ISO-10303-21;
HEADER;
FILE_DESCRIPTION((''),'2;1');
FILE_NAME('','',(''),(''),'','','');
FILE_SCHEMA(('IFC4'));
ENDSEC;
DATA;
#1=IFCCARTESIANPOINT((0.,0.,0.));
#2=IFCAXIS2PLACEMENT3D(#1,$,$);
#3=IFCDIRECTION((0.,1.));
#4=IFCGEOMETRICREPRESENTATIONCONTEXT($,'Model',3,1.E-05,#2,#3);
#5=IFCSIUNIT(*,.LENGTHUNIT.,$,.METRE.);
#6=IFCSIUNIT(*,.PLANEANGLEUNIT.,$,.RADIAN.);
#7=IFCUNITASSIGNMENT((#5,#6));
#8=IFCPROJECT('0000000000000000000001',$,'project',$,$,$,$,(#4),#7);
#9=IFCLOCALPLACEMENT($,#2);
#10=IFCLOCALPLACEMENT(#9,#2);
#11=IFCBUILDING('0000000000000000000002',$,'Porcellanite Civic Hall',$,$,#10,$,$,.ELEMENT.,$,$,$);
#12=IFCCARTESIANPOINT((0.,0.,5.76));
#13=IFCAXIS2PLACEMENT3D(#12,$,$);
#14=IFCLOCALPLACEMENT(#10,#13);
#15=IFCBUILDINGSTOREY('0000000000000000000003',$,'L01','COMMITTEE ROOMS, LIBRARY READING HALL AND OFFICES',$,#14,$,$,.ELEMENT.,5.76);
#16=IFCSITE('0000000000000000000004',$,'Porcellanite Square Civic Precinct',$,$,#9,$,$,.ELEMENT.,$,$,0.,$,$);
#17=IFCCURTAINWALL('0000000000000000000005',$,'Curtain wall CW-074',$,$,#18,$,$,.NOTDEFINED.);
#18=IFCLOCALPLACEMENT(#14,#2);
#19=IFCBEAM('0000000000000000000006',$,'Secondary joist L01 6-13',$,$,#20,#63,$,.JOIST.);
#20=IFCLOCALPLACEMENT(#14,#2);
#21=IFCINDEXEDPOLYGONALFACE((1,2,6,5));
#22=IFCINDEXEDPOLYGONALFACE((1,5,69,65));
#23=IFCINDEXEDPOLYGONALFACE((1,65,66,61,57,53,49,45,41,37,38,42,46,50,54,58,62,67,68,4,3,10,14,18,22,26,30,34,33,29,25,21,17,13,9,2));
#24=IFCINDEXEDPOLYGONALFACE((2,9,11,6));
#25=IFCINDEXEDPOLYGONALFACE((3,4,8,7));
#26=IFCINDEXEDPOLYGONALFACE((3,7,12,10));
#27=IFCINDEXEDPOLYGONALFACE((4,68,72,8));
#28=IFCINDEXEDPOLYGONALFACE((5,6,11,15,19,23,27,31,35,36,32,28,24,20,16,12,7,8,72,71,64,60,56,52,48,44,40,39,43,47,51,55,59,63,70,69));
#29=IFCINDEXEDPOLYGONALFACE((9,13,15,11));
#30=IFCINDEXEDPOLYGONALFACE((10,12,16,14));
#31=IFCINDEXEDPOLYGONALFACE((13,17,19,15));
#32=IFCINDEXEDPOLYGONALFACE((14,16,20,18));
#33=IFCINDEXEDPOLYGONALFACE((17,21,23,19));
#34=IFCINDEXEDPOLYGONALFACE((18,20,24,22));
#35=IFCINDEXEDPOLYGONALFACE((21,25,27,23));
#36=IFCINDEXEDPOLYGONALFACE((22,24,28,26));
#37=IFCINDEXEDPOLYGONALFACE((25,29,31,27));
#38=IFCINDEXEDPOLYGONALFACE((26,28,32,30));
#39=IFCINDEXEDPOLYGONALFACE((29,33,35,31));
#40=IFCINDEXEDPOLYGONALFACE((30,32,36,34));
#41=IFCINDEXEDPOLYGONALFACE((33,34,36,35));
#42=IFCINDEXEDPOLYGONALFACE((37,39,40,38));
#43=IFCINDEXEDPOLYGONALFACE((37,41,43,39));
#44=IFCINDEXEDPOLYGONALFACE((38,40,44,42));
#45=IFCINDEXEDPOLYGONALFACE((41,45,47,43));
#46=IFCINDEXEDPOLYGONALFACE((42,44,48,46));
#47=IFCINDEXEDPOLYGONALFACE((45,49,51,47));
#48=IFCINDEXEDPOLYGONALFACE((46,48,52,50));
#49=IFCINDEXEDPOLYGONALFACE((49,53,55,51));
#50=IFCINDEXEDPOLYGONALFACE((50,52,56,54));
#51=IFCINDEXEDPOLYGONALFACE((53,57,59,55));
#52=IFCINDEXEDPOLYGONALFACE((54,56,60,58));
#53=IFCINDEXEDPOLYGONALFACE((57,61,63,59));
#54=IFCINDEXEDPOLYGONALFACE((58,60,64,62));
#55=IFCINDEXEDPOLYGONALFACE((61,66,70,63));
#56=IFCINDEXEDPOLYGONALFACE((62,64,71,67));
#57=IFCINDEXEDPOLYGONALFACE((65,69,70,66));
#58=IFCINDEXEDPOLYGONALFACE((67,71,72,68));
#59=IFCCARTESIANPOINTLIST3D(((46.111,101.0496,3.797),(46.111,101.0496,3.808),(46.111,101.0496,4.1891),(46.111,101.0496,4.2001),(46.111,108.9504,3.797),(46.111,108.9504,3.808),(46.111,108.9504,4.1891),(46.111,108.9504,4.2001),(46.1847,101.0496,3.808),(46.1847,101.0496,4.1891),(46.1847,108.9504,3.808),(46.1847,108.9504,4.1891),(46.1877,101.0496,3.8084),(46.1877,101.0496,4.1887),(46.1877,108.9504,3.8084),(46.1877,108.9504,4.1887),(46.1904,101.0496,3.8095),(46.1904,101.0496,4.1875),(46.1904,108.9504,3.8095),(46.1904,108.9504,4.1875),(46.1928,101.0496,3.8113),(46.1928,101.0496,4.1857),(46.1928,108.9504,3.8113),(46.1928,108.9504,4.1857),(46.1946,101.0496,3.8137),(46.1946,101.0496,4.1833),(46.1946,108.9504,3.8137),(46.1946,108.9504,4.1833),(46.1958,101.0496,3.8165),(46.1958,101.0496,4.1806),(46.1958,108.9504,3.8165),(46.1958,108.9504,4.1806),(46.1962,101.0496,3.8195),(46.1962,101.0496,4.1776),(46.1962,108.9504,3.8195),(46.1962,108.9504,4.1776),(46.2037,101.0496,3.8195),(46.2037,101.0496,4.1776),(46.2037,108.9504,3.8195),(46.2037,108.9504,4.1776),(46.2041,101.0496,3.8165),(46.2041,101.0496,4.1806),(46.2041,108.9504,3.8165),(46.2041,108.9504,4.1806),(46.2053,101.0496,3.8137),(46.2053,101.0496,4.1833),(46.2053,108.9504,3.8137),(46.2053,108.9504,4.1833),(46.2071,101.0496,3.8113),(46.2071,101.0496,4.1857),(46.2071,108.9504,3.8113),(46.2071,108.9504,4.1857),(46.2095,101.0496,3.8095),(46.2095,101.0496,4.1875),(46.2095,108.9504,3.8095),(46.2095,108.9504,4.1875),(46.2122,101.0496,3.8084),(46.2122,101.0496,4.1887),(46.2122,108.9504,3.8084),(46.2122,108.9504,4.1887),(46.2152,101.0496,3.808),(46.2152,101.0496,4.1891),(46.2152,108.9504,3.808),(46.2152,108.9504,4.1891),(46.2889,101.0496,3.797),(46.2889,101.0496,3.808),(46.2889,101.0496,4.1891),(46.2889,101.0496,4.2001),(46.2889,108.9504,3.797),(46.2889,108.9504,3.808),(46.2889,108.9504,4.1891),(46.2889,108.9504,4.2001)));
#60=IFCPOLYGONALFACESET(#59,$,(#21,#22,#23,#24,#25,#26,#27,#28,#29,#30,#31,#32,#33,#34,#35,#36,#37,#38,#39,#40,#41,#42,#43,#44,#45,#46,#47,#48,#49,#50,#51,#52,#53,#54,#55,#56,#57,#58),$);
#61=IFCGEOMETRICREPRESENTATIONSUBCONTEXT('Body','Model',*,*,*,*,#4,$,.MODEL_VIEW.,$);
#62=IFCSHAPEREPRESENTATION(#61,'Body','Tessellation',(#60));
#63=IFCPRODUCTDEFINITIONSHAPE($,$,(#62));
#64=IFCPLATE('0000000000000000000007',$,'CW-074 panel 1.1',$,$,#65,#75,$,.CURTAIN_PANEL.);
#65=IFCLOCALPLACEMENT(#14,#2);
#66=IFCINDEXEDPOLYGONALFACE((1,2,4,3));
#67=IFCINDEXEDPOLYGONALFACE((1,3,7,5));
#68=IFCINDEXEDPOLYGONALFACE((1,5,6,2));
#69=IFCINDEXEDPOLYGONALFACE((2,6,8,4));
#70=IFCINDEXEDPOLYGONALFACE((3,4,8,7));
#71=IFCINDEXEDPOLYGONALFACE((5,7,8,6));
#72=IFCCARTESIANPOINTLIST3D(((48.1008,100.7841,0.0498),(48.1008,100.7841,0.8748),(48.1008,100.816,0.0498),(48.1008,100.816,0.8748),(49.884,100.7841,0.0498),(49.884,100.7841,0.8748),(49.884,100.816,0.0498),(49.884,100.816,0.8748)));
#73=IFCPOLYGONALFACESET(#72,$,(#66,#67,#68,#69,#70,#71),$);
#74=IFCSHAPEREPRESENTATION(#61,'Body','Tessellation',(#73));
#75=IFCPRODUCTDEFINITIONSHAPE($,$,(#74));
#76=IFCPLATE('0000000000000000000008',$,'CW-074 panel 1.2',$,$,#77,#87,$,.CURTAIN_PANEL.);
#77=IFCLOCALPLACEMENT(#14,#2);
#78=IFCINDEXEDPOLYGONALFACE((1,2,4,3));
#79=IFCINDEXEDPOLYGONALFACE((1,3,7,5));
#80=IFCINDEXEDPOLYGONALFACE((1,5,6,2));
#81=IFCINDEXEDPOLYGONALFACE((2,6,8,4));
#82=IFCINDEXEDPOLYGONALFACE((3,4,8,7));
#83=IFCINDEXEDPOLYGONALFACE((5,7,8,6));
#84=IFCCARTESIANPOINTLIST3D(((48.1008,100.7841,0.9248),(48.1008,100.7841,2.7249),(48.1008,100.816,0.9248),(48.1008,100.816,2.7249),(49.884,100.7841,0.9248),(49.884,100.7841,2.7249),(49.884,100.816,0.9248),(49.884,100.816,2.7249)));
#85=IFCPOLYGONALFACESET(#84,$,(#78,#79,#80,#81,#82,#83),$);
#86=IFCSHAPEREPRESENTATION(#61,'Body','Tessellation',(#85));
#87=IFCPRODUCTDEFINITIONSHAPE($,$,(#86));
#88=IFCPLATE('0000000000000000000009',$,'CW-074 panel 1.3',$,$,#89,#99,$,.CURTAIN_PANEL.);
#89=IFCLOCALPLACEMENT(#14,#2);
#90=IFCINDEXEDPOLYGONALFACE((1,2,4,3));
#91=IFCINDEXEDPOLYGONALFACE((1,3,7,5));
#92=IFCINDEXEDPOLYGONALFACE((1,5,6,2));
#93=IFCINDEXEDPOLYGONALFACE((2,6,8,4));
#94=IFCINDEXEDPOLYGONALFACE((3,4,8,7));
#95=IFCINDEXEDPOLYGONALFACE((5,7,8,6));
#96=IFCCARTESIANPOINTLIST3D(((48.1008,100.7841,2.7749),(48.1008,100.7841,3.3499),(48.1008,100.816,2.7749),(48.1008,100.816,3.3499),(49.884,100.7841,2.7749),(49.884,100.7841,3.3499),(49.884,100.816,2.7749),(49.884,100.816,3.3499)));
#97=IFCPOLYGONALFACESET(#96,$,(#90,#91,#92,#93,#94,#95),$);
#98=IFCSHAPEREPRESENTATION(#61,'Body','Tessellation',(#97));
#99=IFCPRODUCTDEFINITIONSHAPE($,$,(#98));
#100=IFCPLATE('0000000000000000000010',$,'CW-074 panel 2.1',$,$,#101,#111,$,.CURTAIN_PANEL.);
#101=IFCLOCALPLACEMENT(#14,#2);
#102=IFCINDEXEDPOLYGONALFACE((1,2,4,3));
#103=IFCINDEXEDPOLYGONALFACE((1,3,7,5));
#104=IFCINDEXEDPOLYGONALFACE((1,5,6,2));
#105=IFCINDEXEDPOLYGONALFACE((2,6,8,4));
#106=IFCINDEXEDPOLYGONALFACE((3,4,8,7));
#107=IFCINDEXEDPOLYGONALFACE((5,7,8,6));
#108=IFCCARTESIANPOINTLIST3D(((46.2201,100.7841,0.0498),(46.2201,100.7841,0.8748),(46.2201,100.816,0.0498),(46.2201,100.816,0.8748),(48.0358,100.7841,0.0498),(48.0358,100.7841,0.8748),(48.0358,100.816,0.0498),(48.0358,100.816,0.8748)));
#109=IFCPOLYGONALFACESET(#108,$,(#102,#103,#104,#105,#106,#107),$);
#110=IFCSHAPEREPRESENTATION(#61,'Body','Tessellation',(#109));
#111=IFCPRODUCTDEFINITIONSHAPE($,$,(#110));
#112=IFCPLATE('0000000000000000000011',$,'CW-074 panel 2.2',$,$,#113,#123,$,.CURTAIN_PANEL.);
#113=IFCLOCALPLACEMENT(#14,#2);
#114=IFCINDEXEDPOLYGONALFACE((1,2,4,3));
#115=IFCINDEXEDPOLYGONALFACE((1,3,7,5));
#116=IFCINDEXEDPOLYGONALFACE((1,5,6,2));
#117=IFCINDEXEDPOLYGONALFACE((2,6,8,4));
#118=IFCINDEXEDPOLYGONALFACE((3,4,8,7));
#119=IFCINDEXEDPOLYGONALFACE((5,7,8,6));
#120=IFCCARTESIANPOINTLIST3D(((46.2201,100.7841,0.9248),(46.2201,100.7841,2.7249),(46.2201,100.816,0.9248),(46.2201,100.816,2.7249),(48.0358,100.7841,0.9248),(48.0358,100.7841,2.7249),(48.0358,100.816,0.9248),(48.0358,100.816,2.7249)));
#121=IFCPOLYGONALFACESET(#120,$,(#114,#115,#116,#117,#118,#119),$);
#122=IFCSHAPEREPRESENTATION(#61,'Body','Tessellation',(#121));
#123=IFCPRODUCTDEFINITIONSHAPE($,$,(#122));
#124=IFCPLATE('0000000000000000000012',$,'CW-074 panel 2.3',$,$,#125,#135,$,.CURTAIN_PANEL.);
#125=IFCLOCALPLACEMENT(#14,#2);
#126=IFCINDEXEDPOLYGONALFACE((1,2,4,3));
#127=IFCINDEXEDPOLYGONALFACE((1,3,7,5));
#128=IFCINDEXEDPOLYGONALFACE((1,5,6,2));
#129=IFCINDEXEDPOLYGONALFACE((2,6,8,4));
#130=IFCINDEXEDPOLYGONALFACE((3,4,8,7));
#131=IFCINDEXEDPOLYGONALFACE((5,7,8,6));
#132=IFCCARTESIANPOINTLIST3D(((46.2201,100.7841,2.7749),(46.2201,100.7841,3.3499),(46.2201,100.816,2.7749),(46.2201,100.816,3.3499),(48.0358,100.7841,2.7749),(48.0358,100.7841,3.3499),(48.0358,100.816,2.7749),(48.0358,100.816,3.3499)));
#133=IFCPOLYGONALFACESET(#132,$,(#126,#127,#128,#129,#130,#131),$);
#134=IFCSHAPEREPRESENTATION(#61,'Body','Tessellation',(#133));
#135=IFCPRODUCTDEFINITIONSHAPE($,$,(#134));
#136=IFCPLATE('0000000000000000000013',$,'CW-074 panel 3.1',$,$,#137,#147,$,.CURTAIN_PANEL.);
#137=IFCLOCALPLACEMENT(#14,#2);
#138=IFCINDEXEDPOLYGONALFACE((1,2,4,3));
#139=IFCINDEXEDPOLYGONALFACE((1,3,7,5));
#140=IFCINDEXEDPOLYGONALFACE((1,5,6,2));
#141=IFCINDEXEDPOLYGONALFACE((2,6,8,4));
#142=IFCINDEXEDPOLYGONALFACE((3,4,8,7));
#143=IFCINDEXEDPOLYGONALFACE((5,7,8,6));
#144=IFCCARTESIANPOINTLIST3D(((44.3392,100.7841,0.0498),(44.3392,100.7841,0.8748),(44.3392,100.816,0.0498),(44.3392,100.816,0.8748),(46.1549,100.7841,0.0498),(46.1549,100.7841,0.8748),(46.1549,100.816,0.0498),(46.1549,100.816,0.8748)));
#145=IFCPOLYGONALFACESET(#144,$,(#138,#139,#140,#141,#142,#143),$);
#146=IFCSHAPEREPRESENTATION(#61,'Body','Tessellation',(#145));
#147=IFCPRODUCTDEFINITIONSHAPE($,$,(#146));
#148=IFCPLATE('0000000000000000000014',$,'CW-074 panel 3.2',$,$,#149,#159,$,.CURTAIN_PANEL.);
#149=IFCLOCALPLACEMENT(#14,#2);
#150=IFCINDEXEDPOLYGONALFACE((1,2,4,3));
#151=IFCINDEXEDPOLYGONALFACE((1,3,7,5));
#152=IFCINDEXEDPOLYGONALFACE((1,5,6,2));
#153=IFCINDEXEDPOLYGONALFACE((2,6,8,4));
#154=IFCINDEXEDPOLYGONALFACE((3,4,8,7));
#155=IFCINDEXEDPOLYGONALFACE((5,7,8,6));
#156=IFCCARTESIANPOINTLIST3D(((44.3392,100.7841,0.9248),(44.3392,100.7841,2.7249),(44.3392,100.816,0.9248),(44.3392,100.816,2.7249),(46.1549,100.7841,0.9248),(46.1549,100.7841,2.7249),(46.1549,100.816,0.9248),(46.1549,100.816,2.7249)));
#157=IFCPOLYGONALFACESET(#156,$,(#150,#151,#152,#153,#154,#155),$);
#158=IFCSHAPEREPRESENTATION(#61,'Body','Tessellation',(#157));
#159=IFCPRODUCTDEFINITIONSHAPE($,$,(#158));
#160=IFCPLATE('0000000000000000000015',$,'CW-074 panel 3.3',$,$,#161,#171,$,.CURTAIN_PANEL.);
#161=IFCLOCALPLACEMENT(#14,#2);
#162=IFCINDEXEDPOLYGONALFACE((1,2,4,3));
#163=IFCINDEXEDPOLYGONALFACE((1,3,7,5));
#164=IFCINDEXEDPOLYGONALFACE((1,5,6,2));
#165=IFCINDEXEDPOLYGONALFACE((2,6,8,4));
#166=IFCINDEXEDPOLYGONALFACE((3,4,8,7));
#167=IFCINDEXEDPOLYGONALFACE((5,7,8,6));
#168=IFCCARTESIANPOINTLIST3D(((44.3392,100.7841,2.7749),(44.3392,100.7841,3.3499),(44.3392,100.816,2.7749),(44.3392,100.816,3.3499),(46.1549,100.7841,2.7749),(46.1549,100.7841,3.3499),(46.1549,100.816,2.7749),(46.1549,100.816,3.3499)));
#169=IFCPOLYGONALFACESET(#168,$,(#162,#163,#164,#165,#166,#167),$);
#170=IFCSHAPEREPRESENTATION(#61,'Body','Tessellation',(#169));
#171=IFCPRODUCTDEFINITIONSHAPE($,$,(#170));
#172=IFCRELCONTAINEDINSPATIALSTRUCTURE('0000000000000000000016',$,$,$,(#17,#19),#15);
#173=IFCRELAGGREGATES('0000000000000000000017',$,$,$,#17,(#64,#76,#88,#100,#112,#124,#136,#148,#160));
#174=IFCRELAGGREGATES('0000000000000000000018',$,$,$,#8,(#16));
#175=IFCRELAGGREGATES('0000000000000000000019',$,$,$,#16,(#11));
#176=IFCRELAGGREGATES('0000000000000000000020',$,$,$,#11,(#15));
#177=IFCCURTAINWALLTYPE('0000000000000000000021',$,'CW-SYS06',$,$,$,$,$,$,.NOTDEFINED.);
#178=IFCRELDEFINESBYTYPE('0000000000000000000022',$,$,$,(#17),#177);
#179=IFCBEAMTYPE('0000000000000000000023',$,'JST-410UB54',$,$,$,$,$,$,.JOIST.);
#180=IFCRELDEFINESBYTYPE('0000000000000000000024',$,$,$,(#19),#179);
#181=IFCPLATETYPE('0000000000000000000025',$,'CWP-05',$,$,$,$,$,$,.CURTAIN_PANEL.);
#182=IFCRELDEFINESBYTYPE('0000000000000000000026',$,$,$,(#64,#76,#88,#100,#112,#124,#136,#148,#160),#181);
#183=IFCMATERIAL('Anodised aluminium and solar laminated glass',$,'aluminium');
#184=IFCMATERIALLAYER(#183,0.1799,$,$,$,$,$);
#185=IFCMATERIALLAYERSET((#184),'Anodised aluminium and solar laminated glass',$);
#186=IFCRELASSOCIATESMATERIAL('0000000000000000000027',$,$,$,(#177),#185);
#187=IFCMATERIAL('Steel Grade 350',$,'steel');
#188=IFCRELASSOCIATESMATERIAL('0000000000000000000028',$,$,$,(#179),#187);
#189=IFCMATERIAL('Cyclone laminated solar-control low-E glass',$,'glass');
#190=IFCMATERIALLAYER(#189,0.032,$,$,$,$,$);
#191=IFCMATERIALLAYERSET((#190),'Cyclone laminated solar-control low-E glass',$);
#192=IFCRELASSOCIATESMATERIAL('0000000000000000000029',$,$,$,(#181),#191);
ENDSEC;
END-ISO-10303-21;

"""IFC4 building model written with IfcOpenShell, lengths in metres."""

from ifc_helpers import new_model, si_unit, direction, frame, origin, origin_2d, place, context, subcontext, project, spatial, rectangle, i_section, extrude, material, layer, layer_set, material_profile, profile_set, type_object, element, aggregate, save


model = new_model("IFC4")

# Units and contexts
model_context = context("Model", 3, precision=1e-05, world=origin(), true_north=direction((0.0, 1.0)))
body_context = subcontext(model_context, "Body", "Model", "MODEL_VIEW")
ifc_project = project(units=[si_unit("LENGTHUNIT", "METRE"), si_unit("PLANEANGLEUNIT", "RADIAN")], contexts=[model_context])

# Site, building, storey
site_placement = place(None, origin())
site = spatial("IfcSite", under=ifc_project, at=site_placement, Name="Porcellanite Square Civic Precinct", CompositionType="ELEMENT", RefElevation=0.0)
building_placement = place(site_placement, origin())
building = spatial("IfcBuilding", under=site, at=building_placement, Name="Porcellanite Civic Hall", CompositionType="ELEMENT")
storey_placement = place(building_placement, frame((0.0, 0.0, 5.76)))
storey = spatial("IfcBuildingStorey", under=building, at=storey_placement, Name="L01", Description="COMMITTEE ROOMS, LIBRARY READING HALL AND OFFICES", CompositionType="ELEMENT", Elevation=5.76)

# Curtain wall
ifc_material_1 = material(Name="Anodised aluminium and solar laminated glass", Category="aluminium")
ifc_layer_1 = layer(ifc_material_1, 0.1799)
ifc_layer_set_1 = layer_set([ifc_layer_1], Name="Anodised aluminium and solar laminated glass")
curtain_wall_type_1 = type_object("IfcCurtainWallType", Name="CW-SYS06", PredefinedType="NOTDEFINED", material=ifc_layer_set_1)
curtain_wall_1_placement = place(storey_placement, origin())
curtain_wall_1 = element("IfcCurtainWall", 1, at=curtain_wall_1_placement, inside=storey, type_object=curtain_wall_type_1, Name="Curtain wall CW-074", PredefinedType="NOTDEFINED")

# Beam
ifc_material_2 = material(Name="Steel Grade 350", Category="steel")
ifc_material_profile_1 = material_profile(ifc_material_2, i_section(OverallWidth=0.178, OverallDepth=0.4031, WebThickness=0.0076, FlangeThickness=0.011, FilletRadius=0.0115, at=origin_2d()), Name="410UB53.7")
ifc_profile_set_1 = profile_set([ifc_material_profile_1], Name="Steel Grade 350")
beam_type_1 = type_object("IfcBeamType", Name="JST-410UB54", PredefinedType="JOIST", material=ifc_profile_set_1)
beam_1_placement = place(storey_placement, frame((46.2, 101.0496, 3.9985), z_axis=(0.0, 1.0, 0.0), x_axis=(-1.0, 0.0, 0.0)))
element("IfcBeam", 2, at=beam_1_placement, inside=storey, type_object=beam_type_1, Name="Secondary joist L01 6-13", PredefinedType="JOIST", context=body_context, shape_type="SweptSolid", body=[
    extrude(i_section(OverallWidth=0.178, OverallDepth=0.4031, WebThickness=0.0076, FlangeThickness=0.011, FilletRadius=0.0115, at=origin_2d()), origin(), (0.0, 0.0, 1.0), 7.9009),
])

# Plates
ifc_material_3 = material(Name="Cyclone laminated solar-control low-E glass", Category="glass")
ifc_layer_2 = layer(ifc_material_3, 0.032)
ifc_layer_set_2 = layer_set([ifc_layer_2], Name="Cyclone laminated solar-control low-E glass")
plate_type = type_object("IfcPlateType", Name="CWP-05", PredefinedType="CURTAIN_PANEL", material=ifc_layer_set_2)
plate_1_placement = place(storey_placement, frame((48.9924, 100.8, 0.0498), z_axis=(0.0, 0.0, 1.0), x_axis=(-1.0, 0.0, 0.0)))
plate_1 = element("IfcPlate", 3, at=plate_1_placement, type_object=plate_type, Name="CW-074 panel 1.1", PredefinedType="CURTAIN_PANEL", context=body_context, shape_type="SweptSolid", body=[
    extrude(rectangle(XDim=1.7832, YDim=0.032, at=origin_2d()), origin(), (0.0, 0.0, 1.0), 0.825),
])
plate_2_placement = place(storey_placement, frame((48.9924, 100.8, 0.9248), z_axis=(0.0, 0.0, 1.0), x_axis=(-1.0, 0.0, 0.0)))
plate_2 = element("IfcPlate", 4, at=plate_2_placement, type_object=plate_type, Name="CW-074 panel 1.2", PredefinedType="CURTAIN_PANEL", context=body_context, shape_type="SweptSolid", body=[
    extrude(rectangle(XDim=1.7832, YDim=0.032, at=origin_2d()), origin(), (0.0, 0.0, 1.0), 1.8),
])
plate_3_placement = place(storey_placement, frame((48.9924, 100.8, 2.7749), z_axis=(0.0, 0.0, 1.0), x_axis=(-1.0, 0.0, 0.0)))
plate_3 = element("IfcPlate", 5, at=plate_3_placement, type_object=plate_type, Name="CW-074 panel 1.3", PredefinedType="CURTAIN_PANEL", context=body_context, shape_type="SweptSolid", body=[
    extrude(rectangle(XDim=1.7832, YDim=0.032, at=origin_2d()), origin(), (0.0, 0.0, 1.0), 0.575),
])
plate_4_placement = place(storey_placement, frame((47.1279, 100.8, 0.0498), z_axis=(0.0, 0.0, 1.0), x_axis=(-1.0, 0.0, 0.0)))
plate_4 = element("IfcPlate", 6, at=plate_4_placement, type_object=plate_type, Name="CW-074 panel 2.1", PredefinedType="CURTAIN_PANEL", context=body_context, shape_type="SweptSolid", body=[
    extrude(rectangle(XDim=1.8157, YDim=0.032, at=origin_2d()), origin(), (0.0, 0.0, 1.0), 0.825),
])
plate_5_placement = place(storey_placement, frame((47.1279, 100.8, 0.9248), z_axis=(0.0, 0.0, 1.0), x_axis=(-1.0, 0.0, 0.0)))
plate_5 = element("IfcPlate", 7, at=plate_5_placement, type_object=plate_type, Name="CW-074 panel 2.2", PredefinedType="CURTAIN_PANEL", context=body_context, shape_type="SweptSolid", body=[
    extrude(rectangle(XDim=1.8157, YDim=0.032, at=origin_2d()), origin(), (0.0, 0.0, 1.0), 1.8),
])
plate_6_placement = place(storey_placement, frame((47.1279, 100.8, 2.7749), z_axis=(0.0, 0.0, 1.0), x_axis=(-1.0, 0.0, 0.0)))
plate_6 = element("IfcPlate", 8, at=plate_6_placement, type_object=plate_type, Name="CW-074 panel 2.3", PredefinedType="CURTAIN_PANEL", context=body_context, shape_type="SweptSolid", body=[
    extrude(rectangle(XDim=1.8157, YDim=0.032, at=origin_2d()), origin(), (0.0, 0.0, 1.0), 0.575),
])
plate_7_placement = place(storey_placement, frame((45.2471, 100.8, 0.0498), z_axis=(0.0, 0.0, 1.0), x_axis=(-1.0, 0.0, 0.0)))
plate_7 = element("IfcPlate", 9, at=plate_7_placement, type_object=plate_type, Name="CW-074 panel 3.1", PredefinedType="CURTAIN_PANEL", context=body_context, shape_type="SweptSolid", body=[
    extrude(rectangle(XDim=1.8157, YDim=0.032, at=origin_2d()), origin(), (0.0, 0.0, 1.0), 0.825),
])
plate_8_placement = place(storey_placement, frame((45.2471, 100.8, 0.9248), z_axis=(0.0, 0.0, 1.0), x_axis=(-1.0, 0.0, 0.0)))
plate_8 = element("IfcPlate", 10, at=plate_8_placement, type_object=plate_type, Name="CW-074 panel 3.2", PredefinedType="CURTAIN_PANEL", context=body_context, shape_type="SweptSolid", body=[
    extrude(rectangle(XDim=1.8157, YDim=0.032, at=origin_2d()), origin(), (0.0, 0.0, 1.0), 1.8),
])
plate_9_placement = place(storey_placement, frame((45.2471, 100.8, 2.7749), z_axis=(0.0, 0.0, 1.0), x_axis=(-1.0, 0.0, 0.0)))
plate_9 = element("IfcPlate", 11, at=plate_9_placement, type_object=plate_type, Name="CW-074 panel 3.3", PredefinedType="CURTAIN_PANEL", context=body_context, shape_type="SweptSolid", body=[
    extrude(rectangle(XDim=1.8157, YDim=0.032, at=origin_2d()), origin(), (0.0, 0.0, 1.0), 0.575),
])
aggregate(curtain_wall_1, [plate_1, plate_2, plate_3, plate_4, plate_5, plate_6, plate_7, plate_8, plate_9])

save(model, "model.ifc")
